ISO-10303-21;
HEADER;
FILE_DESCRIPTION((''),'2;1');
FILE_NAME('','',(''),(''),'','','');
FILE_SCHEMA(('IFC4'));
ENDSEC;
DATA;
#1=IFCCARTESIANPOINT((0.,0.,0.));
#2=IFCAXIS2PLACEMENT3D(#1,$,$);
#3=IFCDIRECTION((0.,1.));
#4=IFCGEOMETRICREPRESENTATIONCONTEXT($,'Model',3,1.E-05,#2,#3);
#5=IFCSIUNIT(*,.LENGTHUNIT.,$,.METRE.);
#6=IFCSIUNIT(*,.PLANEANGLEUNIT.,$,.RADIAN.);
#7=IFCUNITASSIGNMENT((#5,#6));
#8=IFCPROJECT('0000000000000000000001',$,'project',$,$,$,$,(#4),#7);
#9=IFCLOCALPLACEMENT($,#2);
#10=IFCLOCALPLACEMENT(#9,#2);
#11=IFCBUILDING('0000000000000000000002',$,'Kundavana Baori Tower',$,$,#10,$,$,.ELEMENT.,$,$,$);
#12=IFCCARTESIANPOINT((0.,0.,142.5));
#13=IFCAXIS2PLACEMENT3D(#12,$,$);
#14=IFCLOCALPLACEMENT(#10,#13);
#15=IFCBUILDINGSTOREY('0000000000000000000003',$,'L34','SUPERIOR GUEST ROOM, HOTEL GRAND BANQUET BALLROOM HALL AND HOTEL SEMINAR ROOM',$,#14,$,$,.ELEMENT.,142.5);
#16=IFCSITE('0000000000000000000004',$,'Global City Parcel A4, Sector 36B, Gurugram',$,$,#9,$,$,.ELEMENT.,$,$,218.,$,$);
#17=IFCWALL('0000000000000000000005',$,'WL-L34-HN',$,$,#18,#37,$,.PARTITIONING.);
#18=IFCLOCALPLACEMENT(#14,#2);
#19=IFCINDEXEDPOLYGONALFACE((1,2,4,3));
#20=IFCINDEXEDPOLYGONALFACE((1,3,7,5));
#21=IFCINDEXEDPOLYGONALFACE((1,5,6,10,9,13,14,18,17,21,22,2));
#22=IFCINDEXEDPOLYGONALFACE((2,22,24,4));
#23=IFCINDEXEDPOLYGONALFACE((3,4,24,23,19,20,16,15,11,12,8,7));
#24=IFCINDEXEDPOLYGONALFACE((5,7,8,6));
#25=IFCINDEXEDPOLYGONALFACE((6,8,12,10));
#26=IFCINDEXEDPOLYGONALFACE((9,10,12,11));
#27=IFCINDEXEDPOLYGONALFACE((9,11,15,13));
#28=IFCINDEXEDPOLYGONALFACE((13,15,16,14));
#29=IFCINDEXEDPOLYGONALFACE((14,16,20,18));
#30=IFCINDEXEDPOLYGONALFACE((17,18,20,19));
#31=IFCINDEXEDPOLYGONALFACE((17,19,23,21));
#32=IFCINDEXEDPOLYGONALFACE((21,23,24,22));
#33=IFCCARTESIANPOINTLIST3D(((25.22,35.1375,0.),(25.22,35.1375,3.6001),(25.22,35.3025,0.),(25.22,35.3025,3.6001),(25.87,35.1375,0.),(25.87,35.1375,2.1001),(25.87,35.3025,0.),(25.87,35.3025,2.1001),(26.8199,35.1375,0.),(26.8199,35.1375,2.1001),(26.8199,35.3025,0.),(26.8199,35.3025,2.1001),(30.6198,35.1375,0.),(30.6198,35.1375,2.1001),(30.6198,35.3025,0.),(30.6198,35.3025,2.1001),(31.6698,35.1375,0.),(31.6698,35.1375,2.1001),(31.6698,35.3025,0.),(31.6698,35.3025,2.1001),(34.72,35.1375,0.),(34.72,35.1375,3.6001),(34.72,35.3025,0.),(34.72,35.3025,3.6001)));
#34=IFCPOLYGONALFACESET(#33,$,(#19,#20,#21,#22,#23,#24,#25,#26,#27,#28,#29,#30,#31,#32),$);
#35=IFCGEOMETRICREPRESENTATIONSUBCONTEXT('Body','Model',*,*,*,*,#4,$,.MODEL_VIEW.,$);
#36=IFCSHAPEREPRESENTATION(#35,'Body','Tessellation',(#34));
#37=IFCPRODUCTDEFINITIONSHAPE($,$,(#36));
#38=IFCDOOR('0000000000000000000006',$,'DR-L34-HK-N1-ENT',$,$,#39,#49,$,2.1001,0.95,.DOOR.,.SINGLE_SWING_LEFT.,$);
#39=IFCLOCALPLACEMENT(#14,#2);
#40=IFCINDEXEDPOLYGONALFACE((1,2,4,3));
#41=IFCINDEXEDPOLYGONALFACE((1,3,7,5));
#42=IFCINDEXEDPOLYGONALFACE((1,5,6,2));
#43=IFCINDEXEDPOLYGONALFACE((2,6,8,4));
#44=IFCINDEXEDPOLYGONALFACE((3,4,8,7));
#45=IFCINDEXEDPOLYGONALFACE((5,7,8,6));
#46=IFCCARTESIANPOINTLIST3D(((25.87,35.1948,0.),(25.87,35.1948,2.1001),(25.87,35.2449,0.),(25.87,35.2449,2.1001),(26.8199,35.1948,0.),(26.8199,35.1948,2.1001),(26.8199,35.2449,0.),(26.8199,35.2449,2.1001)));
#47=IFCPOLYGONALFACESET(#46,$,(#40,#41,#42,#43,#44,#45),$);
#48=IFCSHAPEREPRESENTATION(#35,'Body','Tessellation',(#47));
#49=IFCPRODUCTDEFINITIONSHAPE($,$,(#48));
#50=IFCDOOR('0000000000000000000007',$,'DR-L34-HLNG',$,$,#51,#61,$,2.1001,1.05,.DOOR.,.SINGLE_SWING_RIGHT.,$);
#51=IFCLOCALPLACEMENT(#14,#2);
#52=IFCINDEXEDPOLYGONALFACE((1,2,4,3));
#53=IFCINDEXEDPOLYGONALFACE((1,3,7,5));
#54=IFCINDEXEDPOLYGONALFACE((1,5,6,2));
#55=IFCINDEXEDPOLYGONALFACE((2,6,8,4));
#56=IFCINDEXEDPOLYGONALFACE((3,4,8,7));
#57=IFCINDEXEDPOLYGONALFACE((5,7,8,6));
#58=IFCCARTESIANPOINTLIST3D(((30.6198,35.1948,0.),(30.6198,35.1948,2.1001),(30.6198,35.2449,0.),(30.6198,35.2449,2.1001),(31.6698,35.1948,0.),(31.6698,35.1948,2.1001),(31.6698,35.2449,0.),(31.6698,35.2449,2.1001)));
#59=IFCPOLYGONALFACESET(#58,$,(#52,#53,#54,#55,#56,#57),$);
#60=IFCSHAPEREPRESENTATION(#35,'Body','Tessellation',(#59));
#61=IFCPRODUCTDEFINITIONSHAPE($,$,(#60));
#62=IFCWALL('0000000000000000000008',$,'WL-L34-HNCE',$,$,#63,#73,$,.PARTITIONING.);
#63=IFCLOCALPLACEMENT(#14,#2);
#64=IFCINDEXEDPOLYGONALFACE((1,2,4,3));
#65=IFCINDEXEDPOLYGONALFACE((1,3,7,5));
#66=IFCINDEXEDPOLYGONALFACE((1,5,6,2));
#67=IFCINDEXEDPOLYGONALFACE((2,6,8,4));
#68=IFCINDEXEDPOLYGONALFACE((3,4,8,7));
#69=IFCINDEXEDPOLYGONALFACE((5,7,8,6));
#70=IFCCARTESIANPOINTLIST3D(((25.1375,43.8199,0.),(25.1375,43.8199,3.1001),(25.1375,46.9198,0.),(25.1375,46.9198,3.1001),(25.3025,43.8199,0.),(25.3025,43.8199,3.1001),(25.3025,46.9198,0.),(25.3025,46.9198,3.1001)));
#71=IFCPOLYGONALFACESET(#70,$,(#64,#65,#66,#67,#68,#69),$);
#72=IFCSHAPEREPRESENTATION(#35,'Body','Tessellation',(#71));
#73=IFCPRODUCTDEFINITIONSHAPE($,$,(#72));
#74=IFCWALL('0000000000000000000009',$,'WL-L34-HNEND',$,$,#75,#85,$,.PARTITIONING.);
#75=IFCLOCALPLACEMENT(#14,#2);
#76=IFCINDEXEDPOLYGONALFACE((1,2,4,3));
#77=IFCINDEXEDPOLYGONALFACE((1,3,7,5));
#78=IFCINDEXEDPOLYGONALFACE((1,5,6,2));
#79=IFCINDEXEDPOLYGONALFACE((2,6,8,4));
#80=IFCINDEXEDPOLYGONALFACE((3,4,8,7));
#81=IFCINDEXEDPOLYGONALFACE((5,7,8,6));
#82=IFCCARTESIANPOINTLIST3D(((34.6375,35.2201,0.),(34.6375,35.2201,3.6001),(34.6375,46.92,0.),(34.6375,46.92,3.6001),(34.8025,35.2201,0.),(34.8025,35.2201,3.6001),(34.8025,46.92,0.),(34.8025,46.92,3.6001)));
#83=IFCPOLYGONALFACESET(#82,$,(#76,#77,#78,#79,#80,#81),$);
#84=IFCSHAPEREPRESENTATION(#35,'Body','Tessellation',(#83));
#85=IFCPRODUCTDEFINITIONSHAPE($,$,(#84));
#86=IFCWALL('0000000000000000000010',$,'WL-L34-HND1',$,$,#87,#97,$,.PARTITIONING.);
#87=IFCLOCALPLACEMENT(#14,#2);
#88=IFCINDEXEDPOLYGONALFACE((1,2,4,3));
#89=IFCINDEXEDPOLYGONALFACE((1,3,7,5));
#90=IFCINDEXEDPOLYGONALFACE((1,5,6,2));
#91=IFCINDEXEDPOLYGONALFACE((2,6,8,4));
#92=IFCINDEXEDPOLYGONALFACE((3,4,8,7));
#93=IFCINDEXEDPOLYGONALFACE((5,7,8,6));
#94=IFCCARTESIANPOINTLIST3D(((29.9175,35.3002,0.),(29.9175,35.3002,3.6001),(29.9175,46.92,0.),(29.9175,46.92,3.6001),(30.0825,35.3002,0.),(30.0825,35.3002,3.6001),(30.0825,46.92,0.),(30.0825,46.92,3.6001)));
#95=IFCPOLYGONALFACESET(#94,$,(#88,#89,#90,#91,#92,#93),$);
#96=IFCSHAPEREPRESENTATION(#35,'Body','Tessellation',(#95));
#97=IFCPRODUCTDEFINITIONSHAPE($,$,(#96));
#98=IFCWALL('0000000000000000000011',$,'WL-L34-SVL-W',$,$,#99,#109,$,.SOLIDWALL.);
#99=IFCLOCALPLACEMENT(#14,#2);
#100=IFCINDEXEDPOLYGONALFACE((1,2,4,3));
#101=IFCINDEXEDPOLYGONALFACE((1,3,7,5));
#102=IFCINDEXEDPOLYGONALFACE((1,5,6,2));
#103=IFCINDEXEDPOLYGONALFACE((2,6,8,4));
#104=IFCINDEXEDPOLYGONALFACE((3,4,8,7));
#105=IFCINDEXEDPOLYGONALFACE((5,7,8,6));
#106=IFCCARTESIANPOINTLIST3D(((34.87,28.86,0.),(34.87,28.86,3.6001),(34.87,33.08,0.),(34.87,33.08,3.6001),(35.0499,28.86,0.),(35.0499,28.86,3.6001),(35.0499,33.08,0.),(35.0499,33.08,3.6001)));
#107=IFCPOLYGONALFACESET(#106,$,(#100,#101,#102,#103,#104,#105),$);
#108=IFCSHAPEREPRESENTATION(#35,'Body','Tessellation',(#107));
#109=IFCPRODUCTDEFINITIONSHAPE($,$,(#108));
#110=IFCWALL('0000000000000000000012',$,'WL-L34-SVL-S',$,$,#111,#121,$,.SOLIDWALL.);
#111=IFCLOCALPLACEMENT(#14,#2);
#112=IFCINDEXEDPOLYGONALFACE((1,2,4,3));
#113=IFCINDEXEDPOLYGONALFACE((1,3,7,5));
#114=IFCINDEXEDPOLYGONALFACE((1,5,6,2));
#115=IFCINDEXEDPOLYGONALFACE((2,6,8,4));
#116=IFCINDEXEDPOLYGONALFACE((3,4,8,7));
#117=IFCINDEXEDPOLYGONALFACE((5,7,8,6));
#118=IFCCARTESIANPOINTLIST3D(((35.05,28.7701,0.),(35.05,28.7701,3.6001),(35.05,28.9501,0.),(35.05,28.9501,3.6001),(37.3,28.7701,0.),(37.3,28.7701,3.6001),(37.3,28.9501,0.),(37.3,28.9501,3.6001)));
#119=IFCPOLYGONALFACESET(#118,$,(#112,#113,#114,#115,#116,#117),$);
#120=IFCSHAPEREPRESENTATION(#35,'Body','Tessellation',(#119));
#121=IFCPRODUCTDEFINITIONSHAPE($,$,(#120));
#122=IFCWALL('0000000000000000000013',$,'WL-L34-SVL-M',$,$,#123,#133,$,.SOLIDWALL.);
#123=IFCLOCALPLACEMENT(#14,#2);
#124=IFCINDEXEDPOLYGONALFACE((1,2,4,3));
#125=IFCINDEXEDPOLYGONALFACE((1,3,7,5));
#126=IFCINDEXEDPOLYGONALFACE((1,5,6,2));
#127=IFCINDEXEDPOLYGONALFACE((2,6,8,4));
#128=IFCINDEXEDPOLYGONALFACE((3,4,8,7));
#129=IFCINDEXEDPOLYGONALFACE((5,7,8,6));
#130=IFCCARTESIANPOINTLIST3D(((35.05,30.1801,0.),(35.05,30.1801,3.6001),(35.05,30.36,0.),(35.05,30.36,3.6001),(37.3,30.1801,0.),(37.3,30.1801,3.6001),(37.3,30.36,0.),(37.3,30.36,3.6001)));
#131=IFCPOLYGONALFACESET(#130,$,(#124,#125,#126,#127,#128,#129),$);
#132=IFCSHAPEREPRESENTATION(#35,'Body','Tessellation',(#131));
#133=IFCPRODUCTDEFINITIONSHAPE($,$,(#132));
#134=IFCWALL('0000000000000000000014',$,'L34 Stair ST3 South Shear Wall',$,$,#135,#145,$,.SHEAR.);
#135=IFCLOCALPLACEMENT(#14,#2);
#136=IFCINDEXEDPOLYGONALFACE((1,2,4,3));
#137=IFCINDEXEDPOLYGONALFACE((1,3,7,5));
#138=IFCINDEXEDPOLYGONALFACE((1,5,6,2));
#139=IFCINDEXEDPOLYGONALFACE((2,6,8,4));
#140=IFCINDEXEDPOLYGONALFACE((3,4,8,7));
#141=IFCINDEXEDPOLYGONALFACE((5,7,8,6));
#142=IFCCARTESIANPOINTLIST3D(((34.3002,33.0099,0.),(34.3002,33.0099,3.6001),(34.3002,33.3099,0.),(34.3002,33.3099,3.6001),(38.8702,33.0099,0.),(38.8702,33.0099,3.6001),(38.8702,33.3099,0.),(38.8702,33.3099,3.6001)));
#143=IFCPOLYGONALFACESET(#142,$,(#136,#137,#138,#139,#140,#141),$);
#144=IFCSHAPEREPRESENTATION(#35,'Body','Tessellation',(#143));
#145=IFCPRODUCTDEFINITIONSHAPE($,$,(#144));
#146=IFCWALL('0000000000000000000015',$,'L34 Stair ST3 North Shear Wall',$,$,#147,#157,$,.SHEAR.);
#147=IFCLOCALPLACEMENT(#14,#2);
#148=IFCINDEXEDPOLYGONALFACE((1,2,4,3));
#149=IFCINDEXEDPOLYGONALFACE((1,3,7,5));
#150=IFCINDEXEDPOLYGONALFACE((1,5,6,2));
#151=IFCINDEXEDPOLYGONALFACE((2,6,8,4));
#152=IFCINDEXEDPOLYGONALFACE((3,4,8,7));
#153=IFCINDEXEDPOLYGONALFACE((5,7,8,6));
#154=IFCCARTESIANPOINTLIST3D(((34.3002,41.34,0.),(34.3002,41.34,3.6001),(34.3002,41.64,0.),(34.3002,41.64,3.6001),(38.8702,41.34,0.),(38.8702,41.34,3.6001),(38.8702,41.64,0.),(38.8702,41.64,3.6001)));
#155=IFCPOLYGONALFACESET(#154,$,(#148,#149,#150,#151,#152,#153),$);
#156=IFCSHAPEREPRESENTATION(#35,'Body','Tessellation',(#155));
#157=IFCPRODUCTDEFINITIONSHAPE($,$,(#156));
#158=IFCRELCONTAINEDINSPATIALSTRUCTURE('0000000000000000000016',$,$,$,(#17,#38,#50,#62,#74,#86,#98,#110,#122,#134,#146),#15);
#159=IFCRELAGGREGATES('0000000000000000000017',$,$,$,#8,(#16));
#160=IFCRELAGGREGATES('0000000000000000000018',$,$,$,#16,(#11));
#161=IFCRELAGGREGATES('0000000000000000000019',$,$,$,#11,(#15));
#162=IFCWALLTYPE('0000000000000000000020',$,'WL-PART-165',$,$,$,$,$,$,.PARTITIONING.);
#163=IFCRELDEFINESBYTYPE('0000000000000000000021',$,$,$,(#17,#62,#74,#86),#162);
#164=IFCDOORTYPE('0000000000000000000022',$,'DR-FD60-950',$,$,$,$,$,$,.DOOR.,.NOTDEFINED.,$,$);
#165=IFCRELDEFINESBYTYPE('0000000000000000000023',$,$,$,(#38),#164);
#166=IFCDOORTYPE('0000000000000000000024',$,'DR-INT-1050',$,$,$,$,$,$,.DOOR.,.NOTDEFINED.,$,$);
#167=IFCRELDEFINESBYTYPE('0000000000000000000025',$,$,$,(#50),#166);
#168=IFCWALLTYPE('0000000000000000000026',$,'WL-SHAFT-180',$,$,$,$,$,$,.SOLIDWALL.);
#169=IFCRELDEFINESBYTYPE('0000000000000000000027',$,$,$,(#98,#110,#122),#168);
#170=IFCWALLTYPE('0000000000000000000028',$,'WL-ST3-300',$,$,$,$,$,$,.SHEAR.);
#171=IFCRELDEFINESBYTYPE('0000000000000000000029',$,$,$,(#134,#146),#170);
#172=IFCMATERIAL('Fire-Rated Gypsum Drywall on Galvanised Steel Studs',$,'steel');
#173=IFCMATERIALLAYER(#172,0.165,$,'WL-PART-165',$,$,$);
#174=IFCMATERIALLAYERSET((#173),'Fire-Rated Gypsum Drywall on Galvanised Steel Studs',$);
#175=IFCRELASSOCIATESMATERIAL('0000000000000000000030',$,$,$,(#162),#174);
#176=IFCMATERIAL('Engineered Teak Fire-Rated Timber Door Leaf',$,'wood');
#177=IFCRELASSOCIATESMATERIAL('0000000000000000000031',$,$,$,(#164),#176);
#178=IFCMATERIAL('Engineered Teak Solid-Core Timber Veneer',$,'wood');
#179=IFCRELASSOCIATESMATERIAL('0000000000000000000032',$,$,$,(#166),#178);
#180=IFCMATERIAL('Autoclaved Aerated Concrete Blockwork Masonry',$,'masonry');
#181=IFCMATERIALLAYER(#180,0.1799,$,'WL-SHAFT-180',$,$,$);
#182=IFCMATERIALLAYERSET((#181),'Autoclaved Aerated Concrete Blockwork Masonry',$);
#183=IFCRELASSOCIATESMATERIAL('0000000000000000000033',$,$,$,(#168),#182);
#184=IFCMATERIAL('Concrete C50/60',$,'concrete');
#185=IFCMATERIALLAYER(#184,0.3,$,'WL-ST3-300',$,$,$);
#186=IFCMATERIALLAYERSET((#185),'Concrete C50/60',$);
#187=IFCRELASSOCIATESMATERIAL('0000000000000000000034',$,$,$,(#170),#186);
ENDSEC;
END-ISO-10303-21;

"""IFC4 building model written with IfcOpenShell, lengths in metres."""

from ifc_helpers import new_model, si_unit, direction, frame, frame_2d, origin, place, context, subcontext, project, spatial, rectangle, extrude, material, layer, layer_set, type_object, element, fill, save


model = new_model("IFC4")

# Units and contexts
model_context = context("Model", 3, precision=1e-05, world=origin(), true_north=direction((0.0, 1.0)))
body_context = subcontext(model_context, "Body", "Model", "MODEL_VIEW")
ifc_project = project(units=[si_unit("LENGTHUNIT", "METRE"), si_unit("PLANEANGLEUNIT", "RADIAN")], contexts=[model_context])

# Site, building, storey
site_placement = place(None, origin())
site = spatial("IfcSite", under=ifc_project, at=site_placement, Name="Global City Parcel A4, Sector 36B, Gurugram", CompositionType="ELEMENT", RefElevation=218.0)
building_placement = place(site_placement, origin())
building = spatial("IfcBuilding", under=site, at=building_placement, Name="Kundavana Baori Tower", CompositionType="ELEMENT")
storey_placement = place(building_placement, frame((0.0, 0.0, 142.5)))
storey = spatial("IfcBuildingStorey", under=building, at=storey_placement, Name="L34", Description="SUPERIOR GUEST ROOM, HOTEL GRAND BANQUET BALLROOM HALL AND HOTEL SEMINAR ROOM", CompositionType="ELEMENT", Elevation=142.5)

# Wall, openings, doors
ifc_material_1 = material(Name="Fire-Rated Gypsum Drywall on Galvanised Steel Studs", Category="steel")
ifc_layer_1 = layer(ifc_material_1, 0.165, Name="WL-PART-165")
ifc_layer_set_1 = layer_set([ifc_layer_1], Name="Fire-Rated Gypsum Drywall on Galvanised Steel Studs")
wall_type_1 = type_object("IfcWallType", Name="WL-PART-165", PredefinedType="PARTITIONING", material=ifc_layer_set_1)
wall_1_placement = place(storey_placement, frame((25.22, 35.22, 0.0), z_axis=(0.0, 0.0, 1.0), x_axis=(1.0, 0.0, 0.0)))
wall_1 = element("IfcWall", 1, at=wall_1_placement, inside=storey, type_object=wall_type_1, Name="WL-L34-HN", PredefinedType="PARTITIONING", context=body_context, shape_type="SweptSolid", body=[
    extrude(rectangle(XDim=9.5, YDim=0.165, at=frame_2d((4.75, 0.0))), origin(), (0.0, 0.0, 1.0), 3.6001),
])
opening_1_placement = place(wall_1_placement, frame((0.6499, 0.0, 0.0)))
opening_1 = element("IfcOpeningElement", 2, at=opening_1_placement, cuts=wall_1, PredefinedType="OPENING", context=body_context, shape_type="SweptSolid", body=[
    extrude(rectangle(XDim=0.95, YDim=2.1001, at=frame_2d((0.4751, 1.05))), frame((0.0, 0.0925, 0.0), z_axis=(0.0, -1.0, 0.0), x_axis=(1.0, 0.0, 0.0)), (0.0, 0.0, 1.0), 0.1851),
])
opening_2_placement = place(wall_1_placement, frame((5.3999, 0.0, 0.0)))
opening_2 = element("IfcOpeningElement", 3, at=opening_2_placement, cuts=wall_1, PredefinedType="OPENING", context=body_context, shape_type="SweptSolid", body=[
    extrude(rectangle(XDim=1.05, YDim=2.1001, at=frame_2d((0.5249, 1.05))), frame((0.0, 0.0925, 0.0), z_axis=(0.0, -1.0, 0.0), x_axis=(1.0, 0.0, 0.0)), (0.0, 0.0, 1.0), 0.1851),
])
ifc_material_2 = material(Name="Engineered Teak Fire-Rated Timber Door Leaf", Category="wood")
door_type_1 = type_object("IfcDoorType", Name="DR-FD60-950", OperationType="NOTDEFINED", PredefinedType="DOOR", material=ifc_material_2)
door_1_placement = place(opening_1_placement, origin())
door_1 = element("IfcDoor", 4, at=door_1_placement, inside=storey, type_object=door_type_1, Name="DR-L34-HK-N1-ENT", OperationType="SINGLE_SWING_LEFT", OverallHeight=2.1001, OverallWidth=0.95, PredefinedType="DOOR", context=body_context, shape_type="SweptSolid", body=[
    extrude(rectangle(XDim=0.95, YDim=2.1001, at=frame_2d((0.4751, 1.05))), frame((0.0, 0.0249, 0.0), z_axis=(0.0, -1.0, 0.0), x_axis=(1.0, 0.0, 0.0)), (0.0, 0.0, 1.0), 0.05),
])
fill(opening_1, door_1)
ifc_material_3 = material(Name="Engineered Teak Solid-Core Timber Veneer", Category="wood")
door_type_2 = type_object("IfcDoorType", Name="DR-INT-1050", OperationType="NOTDEFINED", PredefinedType="DOOR", material=ifc_material_3)
door_2_placement = place(opening_2_placement, origin())
door_2 = element("IfcDoor", 5, at=door_2_placement, inside=storey, type_object=door_type_2, Name="DR-L34-HLNG", OperationType="SINGLE_SWING_RIGHT", OverallHeight=2.1001, OverallWidth=1.05, PredefinedType="DOOR", context=body_context, shape_type="SweptSolid", body=[
    extrude(rectangle(XDim=1.05, YDim=2.1001, at=frame_2d((0.5249, 1.05))), frame((0.0, 0.0249, 0.0), z_axis=(0.0, -1.0, 0.0), x_axis=(1.0, 0.0, 0.0)), (0.0, 0.0, 1.0), 0.05),
])
fill(opening_2, door_2)

# Walls
wall_2_placement = place(storey_placement, frame((25.22, 43.8201, 0.0), z_axis=(0.0, 0.0, 1.0), x_axis=(0.0, 1.0, 0.0)))
element("IfcWall", 6, at=wall_2_placement, inside=storey, type_object=wall_type_1, Name="WL-L34-HNCE", PredefinedType="PARTITIONING", context=body_context, shape_type="SweptSolid", body=[
    extrude(rectangle(XDim=3.0999, YDim=0.165, at=frame_2d((1.5498, 0.0))), origin(), (0.0, 0.0, 1.0), 3.1001),
])
wall_3_placement = place(storey_placement, frame((34.72, 35.22, 0.0), z_axis=(0.0, 0.0, 1.0), x_axis=(0.0, 1.0, 0.0)))
element("IfcWall", 7, at=wall_3_placement, inside=storey, type_object=wall_type_1, Name="WL-L34-HNEND", PredefinedType="PARTITIONING", context=body_context, shape_type="SweptSolid", body=[
    extrude(rectangle(XDim=11.7, YDim=0.165, at=frame_2d((5.8501, 0.0))), origin(), (0.0, 0.0, 1.0), 3.6001),
])
wall_4_placement = place(storey_placement, frame((30.0, 35.3, 0.0), z_axis=(0.0, 0.0, 1.0), x_axis=(0.0, 1.0, 0.0)))
element("IfcWall", 8, at=wall_4_placement, inside=storey, type_object=wall_type_1, Name="WL-L34-HND1", PredefinedType="PARTITIONING", context=body_context, shape_type="SweptSolid", body=[
    extrude(rectangle(XDim=11.6199, YDim=0.165, at=frame_2d((5.8101, 0.0))), origin(), (0.0, 0.0, 1.0), 3.6001),
])
ifc_material_4 = material(Name="Autoclaved Aerated Concrete Blockwork Masonry", Category="masonry")
ifc_layer_2 = layer(ifc_material_4, 0.1799, Name="WL-SHAFT-180")
ifc_layer_set_2 = layer_set([ifc_layer_2], Name="Autoclaved Aerated Concrete Blockwork Masonry")
wall_type_2 = type_object("IfcWallType", Name="WL-SHAFT-180", PredefinedType="SOLIDWALL", material=ifc_layer_set_2)
wall_5_placement = place(storey_placement, frame((34.96, 28.8601, 0.0), z_axis=(0.0, 0.0, 1.0), x_axis=(0.0, 1.0, 0.0)))
element("IfcWall", 9, at=wall_5_placement, inside=storey, type_object=wall_type_2, Name="WL-L34-SVL-W", PredefinedType="SOLIDWALL", context=body_context, shape_type="SweptSolid", body=[
    extrude(rectangle(XDim=4.22, YDim=0.1799, at=frame_2d((2.1099, 0.0))), origin(), (0.0, 0.0, 1.0), 3.6001),
])
for number, where, z_axis, x_axis, name in (
    (10, (35.05, 28.8601, 0.0), (0.0, 0.0, 1.0), (1.0, 0.0, 0.0), "WL-L34-SVL-S"),
    (11, (35.05, 30.27, 0.0), (0.0, 0.0, 1.0), (1.0, 0.0, 0.0), "WL-L34-SVL-M"),
):
    element("IfcWall", number, at=place(storey_placement, frame(where, z_axis=z_axis, x_axis=x_axis)), inside=storey, type_object=wall_type_2, Name=name, PredefinedType="SOLIDWALL", context=body_context, shape_type="SweptSolid", body=[
        extrude(rectangle(XDim=2.25, YDim=0.1799, at=frame_2d((1.125, 0.0))), origin(), (0.0, 0.0, 1.0), 3.6001),
    ])
ifc_material_5 = material(Name="Concrete C50/60", Category="concrete")
ifc_layer_3 = layer(ifc_material_5, 0.3, Name="WL-ST3-300")
ifc_layer_set_3 = layer_set([ifc_layer_3], Name="Concrete C50/60")
wall_type_3 = type_object("IfcWallType", Name="WL-ST3-300", PredefinedType="SHEAR", material=ifc_layer_set_3)
for number, where, z_axis, x_axis, name in (
    (12, (34.3, 33.1599, 0.0), (0.0, 0.0, 1.0), (1.0, 0.0, 0.0), "L34 Stair ST3 South Shear Wall"),
    (13, (34.3, 41.49, 0.0), (0.0, 0.0, 1.0), (1.0, 0.0, 0.0), "L34 Stair ST3 North Shear Wall"),
):
    element("IfcWall", number, at=place(storey_placement, frame(where, z_axis=z_axis, x_axis=x_axis)), inside=storey, type_object=wall_type_3, Name=name, PredefinedType="SHEAR", context=body_context, shape_type="SweptSolid", body=[
        extrude(rectangle(XDim=4.5701, YDim=0.3, at=frame_2d((2.2852, 0.0))), origin(), (0.0, 0.0, 1.0), 3.6001),
    ])

save(model, "model.ifc")
